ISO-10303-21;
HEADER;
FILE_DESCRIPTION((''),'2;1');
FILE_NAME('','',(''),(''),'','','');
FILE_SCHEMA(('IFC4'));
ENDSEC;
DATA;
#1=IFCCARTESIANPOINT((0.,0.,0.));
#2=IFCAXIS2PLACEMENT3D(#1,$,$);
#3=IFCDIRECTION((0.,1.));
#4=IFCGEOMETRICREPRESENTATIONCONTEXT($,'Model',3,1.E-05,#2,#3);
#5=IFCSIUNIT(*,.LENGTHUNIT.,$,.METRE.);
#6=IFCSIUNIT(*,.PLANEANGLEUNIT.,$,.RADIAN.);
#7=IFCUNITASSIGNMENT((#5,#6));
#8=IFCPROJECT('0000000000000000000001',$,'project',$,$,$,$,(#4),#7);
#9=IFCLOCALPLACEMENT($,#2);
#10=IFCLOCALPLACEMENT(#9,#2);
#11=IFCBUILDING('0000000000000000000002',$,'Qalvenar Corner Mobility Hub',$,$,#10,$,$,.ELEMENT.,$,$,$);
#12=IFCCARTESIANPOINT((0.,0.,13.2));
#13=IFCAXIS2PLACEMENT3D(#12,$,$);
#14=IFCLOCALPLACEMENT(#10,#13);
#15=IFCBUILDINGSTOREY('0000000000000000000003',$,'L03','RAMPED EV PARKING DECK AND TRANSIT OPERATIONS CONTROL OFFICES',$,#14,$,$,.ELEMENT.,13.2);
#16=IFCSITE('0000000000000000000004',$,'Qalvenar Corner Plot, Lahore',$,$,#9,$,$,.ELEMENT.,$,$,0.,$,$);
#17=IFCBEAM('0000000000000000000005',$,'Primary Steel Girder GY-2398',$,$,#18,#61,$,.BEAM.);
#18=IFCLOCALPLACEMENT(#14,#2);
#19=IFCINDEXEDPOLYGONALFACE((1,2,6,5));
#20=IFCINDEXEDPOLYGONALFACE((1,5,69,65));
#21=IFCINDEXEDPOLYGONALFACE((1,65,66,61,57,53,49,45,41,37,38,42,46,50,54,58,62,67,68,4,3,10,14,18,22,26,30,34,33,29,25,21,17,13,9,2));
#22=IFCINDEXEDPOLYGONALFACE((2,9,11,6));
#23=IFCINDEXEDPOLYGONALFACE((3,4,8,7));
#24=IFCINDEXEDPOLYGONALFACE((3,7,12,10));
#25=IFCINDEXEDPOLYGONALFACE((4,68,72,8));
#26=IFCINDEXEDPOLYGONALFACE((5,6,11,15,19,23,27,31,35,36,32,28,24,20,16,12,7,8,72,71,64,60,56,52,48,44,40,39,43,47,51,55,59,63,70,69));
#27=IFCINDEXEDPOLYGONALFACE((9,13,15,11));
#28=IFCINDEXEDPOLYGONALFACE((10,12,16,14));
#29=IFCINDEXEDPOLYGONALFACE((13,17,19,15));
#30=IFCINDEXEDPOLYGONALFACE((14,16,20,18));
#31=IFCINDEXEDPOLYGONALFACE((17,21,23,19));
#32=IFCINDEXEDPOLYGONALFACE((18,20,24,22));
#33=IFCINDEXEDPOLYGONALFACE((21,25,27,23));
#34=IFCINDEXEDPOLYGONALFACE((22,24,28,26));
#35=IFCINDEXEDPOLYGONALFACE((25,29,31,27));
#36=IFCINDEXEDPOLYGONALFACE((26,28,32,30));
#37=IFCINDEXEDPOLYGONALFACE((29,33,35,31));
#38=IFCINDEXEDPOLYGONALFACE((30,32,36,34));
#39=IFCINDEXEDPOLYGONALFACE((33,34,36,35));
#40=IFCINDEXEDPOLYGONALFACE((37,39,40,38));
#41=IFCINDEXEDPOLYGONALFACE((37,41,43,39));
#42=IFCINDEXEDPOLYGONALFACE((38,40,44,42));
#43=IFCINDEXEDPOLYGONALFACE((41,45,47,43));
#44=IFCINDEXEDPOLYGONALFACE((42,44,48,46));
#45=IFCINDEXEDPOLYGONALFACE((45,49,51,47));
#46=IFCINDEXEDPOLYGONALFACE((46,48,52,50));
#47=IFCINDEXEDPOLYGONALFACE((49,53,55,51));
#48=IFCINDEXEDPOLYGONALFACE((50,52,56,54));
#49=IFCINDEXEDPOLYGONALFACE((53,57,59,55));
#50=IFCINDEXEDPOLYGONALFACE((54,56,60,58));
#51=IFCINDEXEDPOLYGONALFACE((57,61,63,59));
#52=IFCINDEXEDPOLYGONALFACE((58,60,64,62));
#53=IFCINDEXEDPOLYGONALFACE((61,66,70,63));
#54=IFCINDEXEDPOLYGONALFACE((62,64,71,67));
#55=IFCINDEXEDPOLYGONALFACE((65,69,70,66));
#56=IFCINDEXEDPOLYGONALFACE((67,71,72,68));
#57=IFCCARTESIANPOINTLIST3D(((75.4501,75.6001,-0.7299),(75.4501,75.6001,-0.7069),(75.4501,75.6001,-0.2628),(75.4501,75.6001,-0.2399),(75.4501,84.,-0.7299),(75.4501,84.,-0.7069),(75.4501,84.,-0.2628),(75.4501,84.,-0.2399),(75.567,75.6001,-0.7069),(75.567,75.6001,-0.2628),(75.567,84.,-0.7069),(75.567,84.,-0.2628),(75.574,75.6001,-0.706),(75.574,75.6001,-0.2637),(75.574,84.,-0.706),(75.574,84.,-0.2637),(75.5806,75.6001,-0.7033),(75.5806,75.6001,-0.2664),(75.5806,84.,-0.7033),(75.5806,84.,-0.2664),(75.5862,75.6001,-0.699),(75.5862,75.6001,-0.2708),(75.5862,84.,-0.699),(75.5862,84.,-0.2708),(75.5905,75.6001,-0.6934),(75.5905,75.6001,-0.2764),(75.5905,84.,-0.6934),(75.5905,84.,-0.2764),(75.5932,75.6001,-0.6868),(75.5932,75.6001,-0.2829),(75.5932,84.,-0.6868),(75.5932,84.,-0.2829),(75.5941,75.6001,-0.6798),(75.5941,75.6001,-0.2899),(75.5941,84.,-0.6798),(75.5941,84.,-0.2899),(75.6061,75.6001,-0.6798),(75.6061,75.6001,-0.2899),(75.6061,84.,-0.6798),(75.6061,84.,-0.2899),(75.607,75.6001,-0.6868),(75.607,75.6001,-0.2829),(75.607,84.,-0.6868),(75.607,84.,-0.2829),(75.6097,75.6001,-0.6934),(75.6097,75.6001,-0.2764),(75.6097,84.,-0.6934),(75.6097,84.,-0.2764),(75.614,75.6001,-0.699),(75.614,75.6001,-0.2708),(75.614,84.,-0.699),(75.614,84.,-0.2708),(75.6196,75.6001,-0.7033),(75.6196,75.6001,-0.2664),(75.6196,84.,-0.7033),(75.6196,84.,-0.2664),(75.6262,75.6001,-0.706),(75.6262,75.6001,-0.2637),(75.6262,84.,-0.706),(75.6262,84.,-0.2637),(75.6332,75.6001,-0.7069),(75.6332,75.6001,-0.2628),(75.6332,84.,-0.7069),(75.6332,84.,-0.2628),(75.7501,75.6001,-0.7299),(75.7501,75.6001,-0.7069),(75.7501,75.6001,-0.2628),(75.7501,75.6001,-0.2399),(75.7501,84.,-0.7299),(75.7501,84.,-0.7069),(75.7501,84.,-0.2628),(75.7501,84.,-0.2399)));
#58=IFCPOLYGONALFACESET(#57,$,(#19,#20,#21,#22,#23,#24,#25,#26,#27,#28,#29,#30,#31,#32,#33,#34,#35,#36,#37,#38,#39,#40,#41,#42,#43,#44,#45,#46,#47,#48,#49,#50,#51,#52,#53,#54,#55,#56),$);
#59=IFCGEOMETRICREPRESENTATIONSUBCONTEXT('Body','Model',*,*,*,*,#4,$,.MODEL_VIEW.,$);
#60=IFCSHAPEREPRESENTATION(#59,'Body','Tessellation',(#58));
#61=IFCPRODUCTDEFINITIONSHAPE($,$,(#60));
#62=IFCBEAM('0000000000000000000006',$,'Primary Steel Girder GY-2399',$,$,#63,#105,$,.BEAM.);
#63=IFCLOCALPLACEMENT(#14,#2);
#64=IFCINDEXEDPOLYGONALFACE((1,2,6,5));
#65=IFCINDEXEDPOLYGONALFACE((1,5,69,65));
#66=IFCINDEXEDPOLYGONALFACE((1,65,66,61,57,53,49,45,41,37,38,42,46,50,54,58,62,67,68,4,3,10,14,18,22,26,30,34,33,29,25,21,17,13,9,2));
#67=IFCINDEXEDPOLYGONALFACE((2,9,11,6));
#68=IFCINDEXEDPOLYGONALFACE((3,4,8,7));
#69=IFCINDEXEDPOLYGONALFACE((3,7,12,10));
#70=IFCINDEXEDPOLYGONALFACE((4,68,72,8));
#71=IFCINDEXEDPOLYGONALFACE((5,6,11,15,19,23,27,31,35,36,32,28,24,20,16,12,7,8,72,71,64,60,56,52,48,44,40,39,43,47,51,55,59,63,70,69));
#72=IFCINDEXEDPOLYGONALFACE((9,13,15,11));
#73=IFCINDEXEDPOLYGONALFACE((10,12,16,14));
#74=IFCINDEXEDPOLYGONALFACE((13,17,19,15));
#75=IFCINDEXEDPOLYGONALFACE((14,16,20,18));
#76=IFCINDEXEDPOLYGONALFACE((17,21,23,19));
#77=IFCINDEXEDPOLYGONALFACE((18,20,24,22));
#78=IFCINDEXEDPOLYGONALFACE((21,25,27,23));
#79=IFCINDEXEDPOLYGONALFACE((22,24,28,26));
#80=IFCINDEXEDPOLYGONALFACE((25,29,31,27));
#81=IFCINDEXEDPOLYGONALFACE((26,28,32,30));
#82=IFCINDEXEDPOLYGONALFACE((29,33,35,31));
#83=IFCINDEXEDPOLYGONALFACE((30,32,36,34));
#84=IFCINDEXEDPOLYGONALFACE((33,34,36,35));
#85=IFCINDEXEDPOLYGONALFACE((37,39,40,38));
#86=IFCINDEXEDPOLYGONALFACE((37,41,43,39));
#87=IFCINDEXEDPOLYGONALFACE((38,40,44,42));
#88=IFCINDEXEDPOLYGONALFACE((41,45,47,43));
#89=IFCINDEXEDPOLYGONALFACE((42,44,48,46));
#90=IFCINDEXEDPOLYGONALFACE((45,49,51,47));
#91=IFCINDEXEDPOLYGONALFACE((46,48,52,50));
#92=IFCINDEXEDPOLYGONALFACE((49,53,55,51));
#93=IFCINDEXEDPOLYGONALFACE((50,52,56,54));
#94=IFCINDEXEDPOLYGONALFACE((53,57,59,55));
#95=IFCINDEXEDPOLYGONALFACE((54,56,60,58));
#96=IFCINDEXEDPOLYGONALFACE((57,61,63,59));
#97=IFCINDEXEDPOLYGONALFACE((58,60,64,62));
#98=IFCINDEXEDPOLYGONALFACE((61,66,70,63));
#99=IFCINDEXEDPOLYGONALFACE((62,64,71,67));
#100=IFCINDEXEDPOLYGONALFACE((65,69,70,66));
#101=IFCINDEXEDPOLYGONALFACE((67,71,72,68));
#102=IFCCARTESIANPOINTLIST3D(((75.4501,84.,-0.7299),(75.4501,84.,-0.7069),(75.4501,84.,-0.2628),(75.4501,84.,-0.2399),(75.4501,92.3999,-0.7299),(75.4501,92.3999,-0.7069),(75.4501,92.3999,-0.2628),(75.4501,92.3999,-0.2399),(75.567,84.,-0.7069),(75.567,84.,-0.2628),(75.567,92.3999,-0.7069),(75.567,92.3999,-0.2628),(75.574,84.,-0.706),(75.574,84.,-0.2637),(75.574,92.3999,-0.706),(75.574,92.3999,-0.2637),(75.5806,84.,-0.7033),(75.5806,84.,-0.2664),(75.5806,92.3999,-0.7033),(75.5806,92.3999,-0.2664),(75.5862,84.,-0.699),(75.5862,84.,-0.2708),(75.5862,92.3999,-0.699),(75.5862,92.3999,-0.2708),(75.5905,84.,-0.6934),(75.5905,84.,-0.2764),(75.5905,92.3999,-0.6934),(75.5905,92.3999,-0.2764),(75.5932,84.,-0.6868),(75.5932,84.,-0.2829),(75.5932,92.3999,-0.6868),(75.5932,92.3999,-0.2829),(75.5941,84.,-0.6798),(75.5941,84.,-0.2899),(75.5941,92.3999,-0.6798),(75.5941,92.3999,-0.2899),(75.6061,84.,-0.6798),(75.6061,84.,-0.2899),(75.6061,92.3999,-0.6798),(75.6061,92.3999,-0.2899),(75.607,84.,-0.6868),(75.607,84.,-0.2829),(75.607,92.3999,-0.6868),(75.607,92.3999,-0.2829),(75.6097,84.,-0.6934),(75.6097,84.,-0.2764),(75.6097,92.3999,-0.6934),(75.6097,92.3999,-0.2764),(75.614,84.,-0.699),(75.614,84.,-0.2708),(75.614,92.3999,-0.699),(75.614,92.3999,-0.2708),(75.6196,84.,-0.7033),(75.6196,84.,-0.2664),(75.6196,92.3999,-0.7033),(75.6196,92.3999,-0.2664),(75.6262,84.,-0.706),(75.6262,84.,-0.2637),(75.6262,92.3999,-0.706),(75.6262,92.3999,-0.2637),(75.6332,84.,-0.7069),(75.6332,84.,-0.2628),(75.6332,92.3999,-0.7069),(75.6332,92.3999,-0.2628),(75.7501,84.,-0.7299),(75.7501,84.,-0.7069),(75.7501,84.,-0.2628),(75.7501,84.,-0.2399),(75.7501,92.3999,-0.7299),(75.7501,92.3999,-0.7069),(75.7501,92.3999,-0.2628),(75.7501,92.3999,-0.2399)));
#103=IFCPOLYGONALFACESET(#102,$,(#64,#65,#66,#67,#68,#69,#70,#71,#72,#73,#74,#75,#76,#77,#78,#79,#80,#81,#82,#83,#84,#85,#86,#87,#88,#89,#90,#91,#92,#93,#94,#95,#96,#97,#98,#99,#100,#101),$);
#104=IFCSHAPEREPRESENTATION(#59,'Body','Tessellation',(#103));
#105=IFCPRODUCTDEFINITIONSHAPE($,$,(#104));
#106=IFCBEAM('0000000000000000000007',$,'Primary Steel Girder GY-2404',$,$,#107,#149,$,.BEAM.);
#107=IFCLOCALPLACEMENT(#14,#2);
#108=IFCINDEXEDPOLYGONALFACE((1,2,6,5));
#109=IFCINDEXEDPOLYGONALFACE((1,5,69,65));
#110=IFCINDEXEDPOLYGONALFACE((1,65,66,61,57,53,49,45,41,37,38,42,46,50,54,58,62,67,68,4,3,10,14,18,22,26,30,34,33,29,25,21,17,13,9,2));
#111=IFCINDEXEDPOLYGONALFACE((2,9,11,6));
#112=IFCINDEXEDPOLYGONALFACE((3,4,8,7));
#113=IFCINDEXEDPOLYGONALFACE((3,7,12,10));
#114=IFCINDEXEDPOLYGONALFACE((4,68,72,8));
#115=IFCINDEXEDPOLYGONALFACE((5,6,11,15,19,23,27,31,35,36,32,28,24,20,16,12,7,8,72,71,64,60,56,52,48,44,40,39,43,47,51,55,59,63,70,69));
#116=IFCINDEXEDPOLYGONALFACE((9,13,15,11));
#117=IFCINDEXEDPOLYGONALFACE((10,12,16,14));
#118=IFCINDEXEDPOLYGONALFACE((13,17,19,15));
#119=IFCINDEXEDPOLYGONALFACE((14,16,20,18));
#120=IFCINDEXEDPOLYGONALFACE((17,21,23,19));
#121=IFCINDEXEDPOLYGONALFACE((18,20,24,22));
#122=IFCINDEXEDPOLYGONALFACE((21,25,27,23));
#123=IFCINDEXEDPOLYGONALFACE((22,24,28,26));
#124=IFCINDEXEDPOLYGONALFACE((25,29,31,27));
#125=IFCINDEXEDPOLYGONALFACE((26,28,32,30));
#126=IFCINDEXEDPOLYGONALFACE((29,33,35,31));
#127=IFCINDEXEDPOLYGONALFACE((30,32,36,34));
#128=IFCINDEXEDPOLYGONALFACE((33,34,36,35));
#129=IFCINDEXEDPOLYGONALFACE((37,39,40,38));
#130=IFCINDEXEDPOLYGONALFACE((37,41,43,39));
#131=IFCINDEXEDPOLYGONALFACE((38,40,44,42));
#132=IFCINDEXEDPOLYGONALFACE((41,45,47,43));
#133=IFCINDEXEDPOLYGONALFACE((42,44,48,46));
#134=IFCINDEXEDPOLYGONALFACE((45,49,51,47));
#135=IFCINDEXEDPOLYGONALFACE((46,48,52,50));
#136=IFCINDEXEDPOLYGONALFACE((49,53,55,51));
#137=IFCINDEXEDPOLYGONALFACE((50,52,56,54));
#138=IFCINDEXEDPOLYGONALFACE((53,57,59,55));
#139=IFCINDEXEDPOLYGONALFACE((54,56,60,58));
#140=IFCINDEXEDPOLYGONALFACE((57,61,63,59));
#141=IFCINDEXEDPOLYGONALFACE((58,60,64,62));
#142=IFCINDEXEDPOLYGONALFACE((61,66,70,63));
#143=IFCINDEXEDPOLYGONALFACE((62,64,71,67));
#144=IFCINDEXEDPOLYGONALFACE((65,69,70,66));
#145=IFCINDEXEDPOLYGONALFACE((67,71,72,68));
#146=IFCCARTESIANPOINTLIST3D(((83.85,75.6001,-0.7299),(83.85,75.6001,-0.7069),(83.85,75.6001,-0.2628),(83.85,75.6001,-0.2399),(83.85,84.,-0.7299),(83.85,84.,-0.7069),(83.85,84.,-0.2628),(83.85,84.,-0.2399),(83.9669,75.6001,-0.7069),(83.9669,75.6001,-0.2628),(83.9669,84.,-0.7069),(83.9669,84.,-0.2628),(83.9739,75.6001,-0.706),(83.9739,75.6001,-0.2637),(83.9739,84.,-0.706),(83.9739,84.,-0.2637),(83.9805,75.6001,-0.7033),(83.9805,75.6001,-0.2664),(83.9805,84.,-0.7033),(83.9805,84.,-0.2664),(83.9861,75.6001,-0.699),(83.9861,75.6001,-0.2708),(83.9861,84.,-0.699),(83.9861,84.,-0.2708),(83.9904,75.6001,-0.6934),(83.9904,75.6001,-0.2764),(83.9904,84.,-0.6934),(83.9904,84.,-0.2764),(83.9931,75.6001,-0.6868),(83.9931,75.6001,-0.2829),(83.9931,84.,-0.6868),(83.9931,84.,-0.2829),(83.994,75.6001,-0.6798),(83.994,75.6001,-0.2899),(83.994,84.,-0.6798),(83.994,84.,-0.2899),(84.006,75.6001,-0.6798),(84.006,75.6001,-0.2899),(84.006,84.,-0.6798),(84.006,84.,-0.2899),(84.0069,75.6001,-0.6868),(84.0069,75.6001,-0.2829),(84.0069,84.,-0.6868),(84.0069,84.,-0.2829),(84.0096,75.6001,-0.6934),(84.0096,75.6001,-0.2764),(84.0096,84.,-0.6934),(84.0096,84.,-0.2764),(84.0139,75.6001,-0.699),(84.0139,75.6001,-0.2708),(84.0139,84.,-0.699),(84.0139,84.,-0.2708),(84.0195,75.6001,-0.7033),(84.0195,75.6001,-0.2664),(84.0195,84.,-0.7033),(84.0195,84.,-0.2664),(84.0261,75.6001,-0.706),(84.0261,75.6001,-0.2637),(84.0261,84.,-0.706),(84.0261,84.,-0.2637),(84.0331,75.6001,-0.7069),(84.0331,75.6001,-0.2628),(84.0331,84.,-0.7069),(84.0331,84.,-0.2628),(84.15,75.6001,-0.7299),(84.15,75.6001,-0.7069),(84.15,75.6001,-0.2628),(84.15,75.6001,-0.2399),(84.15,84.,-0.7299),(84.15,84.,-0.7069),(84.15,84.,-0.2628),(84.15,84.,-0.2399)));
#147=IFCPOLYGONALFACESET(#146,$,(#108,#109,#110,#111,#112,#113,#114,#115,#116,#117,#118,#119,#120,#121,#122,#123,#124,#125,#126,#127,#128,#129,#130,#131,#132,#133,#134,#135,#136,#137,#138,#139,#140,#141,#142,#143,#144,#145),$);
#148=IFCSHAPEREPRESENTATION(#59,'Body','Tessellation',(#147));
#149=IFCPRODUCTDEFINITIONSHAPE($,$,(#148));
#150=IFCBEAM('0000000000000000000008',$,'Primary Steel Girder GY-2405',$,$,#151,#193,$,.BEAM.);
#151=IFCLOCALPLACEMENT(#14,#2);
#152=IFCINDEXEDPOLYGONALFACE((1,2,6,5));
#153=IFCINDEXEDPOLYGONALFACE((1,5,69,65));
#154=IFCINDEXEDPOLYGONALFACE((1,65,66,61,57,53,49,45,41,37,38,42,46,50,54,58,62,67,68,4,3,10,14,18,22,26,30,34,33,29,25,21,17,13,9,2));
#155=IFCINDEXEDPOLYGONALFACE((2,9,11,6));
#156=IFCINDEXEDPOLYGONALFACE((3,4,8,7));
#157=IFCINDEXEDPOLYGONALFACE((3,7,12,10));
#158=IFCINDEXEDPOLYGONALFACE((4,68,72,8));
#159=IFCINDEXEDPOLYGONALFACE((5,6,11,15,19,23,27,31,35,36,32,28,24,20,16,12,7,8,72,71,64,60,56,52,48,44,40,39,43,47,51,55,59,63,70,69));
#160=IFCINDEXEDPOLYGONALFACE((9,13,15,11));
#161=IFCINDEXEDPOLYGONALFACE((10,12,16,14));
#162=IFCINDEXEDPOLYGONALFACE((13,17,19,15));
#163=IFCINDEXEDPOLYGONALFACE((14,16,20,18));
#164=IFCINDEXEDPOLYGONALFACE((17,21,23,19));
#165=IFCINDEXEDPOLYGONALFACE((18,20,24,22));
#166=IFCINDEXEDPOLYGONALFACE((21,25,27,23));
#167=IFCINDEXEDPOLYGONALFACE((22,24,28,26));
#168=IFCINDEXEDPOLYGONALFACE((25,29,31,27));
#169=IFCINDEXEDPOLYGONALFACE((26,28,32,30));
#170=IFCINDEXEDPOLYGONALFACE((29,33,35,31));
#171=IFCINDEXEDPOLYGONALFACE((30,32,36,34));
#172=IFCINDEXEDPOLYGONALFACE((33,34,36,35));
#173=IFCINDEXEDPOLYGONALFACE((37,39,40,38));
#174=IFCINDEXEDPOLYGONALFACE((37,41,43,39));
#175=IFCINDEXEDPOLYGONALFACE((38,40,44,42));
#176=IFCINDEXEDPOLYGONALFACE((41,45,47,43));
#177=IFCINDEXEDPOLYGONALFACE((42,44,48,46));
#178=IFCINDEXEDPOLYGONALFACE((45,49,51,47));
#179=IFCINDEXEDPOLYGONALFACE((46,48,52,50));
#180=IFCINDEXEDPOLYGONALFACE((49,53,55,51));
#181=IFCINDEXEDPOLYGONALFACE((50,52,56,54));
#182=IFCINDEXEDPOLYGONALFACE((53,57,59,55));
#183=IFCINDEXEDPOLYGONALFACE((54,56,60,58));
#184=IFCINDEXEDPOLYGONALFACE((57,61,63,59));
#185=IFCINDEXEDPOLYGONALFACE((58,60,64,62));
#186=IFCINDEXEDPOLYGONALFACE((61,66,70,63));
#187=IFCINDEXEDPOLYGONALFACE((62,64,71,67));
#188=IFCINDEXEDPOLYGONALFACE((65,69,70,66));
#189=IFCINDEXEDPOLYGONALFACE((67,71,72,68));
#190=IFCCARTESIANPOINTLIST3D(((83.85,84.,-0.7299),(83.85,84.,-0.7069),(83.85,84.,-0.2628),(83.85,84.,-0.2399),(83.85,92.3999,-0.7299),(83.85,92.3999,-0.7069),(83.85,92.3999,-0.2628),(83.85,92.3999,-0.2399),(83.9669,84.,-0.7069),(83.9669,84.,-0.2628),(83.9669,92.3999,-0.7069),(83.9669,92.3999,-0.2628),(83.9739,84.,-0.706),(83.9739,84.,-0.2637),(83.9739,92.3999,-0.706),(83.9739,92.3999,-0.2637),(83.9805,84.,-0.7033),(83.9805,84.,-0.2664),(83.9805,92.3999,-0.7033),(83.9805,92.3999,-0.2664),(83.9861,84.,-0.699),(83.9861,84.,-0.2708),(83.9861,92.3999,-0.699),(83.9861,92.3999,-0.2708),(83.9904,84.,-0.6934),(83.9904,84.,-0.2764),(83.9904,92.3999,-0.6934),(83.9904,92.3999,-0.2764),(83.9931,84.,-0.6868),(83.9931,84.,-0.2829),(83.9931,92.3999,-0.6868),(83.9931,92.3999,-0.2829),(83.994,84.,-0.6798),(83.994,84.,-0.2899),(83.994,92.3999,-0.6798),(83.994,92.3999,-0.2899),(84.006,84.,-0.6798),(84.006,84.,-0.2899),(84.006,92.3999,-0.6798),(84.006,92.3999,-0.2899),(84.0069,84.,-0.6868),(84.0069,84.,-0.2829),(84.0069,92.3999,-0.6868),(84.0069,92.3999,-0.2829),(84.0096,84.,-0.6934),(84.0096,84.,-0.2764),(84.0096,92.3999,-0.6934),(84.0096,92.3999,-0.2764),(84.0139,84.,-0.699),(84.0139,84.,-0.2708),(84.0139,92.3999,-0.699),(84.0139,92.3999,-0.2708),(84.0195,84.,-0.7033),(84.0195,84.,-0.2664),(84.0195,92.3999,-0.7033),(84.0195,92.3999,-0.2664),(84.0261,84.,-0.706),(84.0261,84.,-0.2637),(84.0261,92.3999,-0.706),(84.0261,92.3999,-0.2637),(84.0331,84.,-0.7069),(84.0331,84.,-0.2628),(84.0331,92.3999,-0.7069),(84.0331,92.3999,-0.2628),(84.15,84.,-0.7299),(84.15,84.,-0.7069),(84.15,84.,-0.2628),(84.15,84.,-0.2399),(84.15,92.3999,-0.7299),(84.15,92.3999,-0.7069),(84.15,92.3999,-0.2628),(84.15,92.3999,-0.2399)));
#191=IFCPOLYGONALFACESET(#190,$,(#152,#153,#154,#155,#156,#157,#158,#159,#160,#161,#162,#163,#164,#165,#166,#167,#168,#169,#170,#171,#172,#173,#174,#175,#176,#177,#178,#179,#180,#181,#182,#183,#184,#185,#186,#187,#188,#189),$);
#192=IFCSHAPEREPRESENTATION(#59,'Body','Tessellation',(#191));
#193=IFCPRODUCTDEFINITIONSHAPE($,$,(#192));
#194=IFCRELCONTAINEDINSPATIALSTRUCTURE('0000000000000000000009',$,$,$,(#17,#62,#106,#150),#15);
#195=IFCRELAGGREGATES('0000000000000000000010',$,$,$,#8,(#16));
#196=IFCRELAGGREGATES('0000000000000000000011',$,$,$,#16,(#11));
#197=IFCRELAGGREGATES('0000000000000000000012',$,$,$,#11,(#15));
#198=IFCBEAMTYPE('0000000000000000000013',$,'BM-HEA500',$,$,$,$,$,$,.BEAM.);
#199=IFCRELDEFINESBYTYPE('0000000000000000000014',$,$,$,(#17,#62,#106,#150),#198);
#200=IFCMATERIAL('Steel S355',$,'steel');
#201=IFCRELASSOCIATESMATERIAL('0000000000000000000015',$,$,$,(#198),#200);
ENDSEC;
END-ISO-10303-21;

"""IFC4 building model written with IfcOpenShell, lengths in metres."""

from ifc_helpers import new_model, si_unit, direction, frame, origin, origin_2d, place, context, subcontext, project, spatial, i_section, extrude, material, material_profile, profile_set, type_object, element, save


model = new_model("IFC4")

# Units and contexts
model_context = context("Model", 3, precision=1e-05, world=origin(), true_north=direction((0.0, 1.0)))
body_context = subcontext(model_context, "Body", "Model", "MODEL_VIEW")
ifc_project = project(units=[si_unit("LENGTHUNIT", "METRE"), si_unit("PLANEANGLEUNIT", "RADIAN")], contexts=[model_context])

# Site, building, storey
site_placement = place(None, origin())
site = spatial("IfcSite", under=ifc_project, at=site_placement, Name="Qalvenar Corner Plot, Lahore", CompositionType="ELEMENT", RefElevation=0.0)
building_placement = place(site_placement, origin())
building = spatial("IfcBuilding", under=site, at=building_placement, Name="Qalvenar Corner Mobility Hub", CompositionType="ELEMENT")
storey_placement = place(building_placement, frame((0.0, 0.0, 13.2)))
storey = spatial("IfcBuildingStorey", under=building, at=storey_placement, Name="L03", Description="RAMPED EV PARKING DECK AND TRANSIT OPERATIONS CONTROL OFFICES", CompositionType="ELEMENT", Elevation=13.2)

# Shared definitions
ifc_material_1 = material(Name="Steel S355", Category="steel")

# Beams
ifc_material_profile_1 = material_profile(ifc_material_1, i_section(OverallWidth=0.3, OverallDepth=0.49, WebThickness=0.012, FlangeThickness=0.0229, FilletRadius=0.0271, at=origin_2d()), Name="HEA500")
ifc_profile_set_1 = profile_set([ifc_material_profile_1], Name="Steel S355")
beam_type_1 = type_object("IfcBeamType", Name="BM-HEA500", PredefinedType="BEAM", material=ifc_profile_set_1)
for number, where, z_axis, x_axis, name in (
    (1, (75.6001, 75.6001, -0.4849), (0.0, 1.0, 0.0), (-1.0, 0.0, 0.0), "Primary Steel Girder GY-2398"),
    (2, (75.6001, 84.0, -0.4849), (0.0, 1.0, 0.0), (-1.0, 0.0, 0.0), "Primary Steel Girder GY-2399"),
    (3, (84.0, 75.6001, -0.4849), (0.0, 1.0, 0.0), (-1.0, 0.0, 0.0), "Primary Steel Girder GY-2404"),
    (4, (84.0, 84.0, -0.4849), (0.0, 1.0, 0.0), (-1.0, 0.0, 0.0), "Primary Steel Girder GY-2405"),
):
    element("IfcBeam", number, at=place(storey_placement, frame(where, z_axis=z_axis, x_axis=x_axis)), inside=storey, type_object=beam_type_1, Name=name, PredefinedType="BEAM", context=body_context, shape_type="SweptSolid", body=[
        extrude(i_section(OverallWidth=0.3, OverallDepth=0.49, WebThickness=0.012, FlangeThickness=0.0229, FilletRadius=0.0271, at=origin_2d()), origin(), (0.0, 0.0, 1.0), 8.3999),
    ])

save(model, "model.ifc")
